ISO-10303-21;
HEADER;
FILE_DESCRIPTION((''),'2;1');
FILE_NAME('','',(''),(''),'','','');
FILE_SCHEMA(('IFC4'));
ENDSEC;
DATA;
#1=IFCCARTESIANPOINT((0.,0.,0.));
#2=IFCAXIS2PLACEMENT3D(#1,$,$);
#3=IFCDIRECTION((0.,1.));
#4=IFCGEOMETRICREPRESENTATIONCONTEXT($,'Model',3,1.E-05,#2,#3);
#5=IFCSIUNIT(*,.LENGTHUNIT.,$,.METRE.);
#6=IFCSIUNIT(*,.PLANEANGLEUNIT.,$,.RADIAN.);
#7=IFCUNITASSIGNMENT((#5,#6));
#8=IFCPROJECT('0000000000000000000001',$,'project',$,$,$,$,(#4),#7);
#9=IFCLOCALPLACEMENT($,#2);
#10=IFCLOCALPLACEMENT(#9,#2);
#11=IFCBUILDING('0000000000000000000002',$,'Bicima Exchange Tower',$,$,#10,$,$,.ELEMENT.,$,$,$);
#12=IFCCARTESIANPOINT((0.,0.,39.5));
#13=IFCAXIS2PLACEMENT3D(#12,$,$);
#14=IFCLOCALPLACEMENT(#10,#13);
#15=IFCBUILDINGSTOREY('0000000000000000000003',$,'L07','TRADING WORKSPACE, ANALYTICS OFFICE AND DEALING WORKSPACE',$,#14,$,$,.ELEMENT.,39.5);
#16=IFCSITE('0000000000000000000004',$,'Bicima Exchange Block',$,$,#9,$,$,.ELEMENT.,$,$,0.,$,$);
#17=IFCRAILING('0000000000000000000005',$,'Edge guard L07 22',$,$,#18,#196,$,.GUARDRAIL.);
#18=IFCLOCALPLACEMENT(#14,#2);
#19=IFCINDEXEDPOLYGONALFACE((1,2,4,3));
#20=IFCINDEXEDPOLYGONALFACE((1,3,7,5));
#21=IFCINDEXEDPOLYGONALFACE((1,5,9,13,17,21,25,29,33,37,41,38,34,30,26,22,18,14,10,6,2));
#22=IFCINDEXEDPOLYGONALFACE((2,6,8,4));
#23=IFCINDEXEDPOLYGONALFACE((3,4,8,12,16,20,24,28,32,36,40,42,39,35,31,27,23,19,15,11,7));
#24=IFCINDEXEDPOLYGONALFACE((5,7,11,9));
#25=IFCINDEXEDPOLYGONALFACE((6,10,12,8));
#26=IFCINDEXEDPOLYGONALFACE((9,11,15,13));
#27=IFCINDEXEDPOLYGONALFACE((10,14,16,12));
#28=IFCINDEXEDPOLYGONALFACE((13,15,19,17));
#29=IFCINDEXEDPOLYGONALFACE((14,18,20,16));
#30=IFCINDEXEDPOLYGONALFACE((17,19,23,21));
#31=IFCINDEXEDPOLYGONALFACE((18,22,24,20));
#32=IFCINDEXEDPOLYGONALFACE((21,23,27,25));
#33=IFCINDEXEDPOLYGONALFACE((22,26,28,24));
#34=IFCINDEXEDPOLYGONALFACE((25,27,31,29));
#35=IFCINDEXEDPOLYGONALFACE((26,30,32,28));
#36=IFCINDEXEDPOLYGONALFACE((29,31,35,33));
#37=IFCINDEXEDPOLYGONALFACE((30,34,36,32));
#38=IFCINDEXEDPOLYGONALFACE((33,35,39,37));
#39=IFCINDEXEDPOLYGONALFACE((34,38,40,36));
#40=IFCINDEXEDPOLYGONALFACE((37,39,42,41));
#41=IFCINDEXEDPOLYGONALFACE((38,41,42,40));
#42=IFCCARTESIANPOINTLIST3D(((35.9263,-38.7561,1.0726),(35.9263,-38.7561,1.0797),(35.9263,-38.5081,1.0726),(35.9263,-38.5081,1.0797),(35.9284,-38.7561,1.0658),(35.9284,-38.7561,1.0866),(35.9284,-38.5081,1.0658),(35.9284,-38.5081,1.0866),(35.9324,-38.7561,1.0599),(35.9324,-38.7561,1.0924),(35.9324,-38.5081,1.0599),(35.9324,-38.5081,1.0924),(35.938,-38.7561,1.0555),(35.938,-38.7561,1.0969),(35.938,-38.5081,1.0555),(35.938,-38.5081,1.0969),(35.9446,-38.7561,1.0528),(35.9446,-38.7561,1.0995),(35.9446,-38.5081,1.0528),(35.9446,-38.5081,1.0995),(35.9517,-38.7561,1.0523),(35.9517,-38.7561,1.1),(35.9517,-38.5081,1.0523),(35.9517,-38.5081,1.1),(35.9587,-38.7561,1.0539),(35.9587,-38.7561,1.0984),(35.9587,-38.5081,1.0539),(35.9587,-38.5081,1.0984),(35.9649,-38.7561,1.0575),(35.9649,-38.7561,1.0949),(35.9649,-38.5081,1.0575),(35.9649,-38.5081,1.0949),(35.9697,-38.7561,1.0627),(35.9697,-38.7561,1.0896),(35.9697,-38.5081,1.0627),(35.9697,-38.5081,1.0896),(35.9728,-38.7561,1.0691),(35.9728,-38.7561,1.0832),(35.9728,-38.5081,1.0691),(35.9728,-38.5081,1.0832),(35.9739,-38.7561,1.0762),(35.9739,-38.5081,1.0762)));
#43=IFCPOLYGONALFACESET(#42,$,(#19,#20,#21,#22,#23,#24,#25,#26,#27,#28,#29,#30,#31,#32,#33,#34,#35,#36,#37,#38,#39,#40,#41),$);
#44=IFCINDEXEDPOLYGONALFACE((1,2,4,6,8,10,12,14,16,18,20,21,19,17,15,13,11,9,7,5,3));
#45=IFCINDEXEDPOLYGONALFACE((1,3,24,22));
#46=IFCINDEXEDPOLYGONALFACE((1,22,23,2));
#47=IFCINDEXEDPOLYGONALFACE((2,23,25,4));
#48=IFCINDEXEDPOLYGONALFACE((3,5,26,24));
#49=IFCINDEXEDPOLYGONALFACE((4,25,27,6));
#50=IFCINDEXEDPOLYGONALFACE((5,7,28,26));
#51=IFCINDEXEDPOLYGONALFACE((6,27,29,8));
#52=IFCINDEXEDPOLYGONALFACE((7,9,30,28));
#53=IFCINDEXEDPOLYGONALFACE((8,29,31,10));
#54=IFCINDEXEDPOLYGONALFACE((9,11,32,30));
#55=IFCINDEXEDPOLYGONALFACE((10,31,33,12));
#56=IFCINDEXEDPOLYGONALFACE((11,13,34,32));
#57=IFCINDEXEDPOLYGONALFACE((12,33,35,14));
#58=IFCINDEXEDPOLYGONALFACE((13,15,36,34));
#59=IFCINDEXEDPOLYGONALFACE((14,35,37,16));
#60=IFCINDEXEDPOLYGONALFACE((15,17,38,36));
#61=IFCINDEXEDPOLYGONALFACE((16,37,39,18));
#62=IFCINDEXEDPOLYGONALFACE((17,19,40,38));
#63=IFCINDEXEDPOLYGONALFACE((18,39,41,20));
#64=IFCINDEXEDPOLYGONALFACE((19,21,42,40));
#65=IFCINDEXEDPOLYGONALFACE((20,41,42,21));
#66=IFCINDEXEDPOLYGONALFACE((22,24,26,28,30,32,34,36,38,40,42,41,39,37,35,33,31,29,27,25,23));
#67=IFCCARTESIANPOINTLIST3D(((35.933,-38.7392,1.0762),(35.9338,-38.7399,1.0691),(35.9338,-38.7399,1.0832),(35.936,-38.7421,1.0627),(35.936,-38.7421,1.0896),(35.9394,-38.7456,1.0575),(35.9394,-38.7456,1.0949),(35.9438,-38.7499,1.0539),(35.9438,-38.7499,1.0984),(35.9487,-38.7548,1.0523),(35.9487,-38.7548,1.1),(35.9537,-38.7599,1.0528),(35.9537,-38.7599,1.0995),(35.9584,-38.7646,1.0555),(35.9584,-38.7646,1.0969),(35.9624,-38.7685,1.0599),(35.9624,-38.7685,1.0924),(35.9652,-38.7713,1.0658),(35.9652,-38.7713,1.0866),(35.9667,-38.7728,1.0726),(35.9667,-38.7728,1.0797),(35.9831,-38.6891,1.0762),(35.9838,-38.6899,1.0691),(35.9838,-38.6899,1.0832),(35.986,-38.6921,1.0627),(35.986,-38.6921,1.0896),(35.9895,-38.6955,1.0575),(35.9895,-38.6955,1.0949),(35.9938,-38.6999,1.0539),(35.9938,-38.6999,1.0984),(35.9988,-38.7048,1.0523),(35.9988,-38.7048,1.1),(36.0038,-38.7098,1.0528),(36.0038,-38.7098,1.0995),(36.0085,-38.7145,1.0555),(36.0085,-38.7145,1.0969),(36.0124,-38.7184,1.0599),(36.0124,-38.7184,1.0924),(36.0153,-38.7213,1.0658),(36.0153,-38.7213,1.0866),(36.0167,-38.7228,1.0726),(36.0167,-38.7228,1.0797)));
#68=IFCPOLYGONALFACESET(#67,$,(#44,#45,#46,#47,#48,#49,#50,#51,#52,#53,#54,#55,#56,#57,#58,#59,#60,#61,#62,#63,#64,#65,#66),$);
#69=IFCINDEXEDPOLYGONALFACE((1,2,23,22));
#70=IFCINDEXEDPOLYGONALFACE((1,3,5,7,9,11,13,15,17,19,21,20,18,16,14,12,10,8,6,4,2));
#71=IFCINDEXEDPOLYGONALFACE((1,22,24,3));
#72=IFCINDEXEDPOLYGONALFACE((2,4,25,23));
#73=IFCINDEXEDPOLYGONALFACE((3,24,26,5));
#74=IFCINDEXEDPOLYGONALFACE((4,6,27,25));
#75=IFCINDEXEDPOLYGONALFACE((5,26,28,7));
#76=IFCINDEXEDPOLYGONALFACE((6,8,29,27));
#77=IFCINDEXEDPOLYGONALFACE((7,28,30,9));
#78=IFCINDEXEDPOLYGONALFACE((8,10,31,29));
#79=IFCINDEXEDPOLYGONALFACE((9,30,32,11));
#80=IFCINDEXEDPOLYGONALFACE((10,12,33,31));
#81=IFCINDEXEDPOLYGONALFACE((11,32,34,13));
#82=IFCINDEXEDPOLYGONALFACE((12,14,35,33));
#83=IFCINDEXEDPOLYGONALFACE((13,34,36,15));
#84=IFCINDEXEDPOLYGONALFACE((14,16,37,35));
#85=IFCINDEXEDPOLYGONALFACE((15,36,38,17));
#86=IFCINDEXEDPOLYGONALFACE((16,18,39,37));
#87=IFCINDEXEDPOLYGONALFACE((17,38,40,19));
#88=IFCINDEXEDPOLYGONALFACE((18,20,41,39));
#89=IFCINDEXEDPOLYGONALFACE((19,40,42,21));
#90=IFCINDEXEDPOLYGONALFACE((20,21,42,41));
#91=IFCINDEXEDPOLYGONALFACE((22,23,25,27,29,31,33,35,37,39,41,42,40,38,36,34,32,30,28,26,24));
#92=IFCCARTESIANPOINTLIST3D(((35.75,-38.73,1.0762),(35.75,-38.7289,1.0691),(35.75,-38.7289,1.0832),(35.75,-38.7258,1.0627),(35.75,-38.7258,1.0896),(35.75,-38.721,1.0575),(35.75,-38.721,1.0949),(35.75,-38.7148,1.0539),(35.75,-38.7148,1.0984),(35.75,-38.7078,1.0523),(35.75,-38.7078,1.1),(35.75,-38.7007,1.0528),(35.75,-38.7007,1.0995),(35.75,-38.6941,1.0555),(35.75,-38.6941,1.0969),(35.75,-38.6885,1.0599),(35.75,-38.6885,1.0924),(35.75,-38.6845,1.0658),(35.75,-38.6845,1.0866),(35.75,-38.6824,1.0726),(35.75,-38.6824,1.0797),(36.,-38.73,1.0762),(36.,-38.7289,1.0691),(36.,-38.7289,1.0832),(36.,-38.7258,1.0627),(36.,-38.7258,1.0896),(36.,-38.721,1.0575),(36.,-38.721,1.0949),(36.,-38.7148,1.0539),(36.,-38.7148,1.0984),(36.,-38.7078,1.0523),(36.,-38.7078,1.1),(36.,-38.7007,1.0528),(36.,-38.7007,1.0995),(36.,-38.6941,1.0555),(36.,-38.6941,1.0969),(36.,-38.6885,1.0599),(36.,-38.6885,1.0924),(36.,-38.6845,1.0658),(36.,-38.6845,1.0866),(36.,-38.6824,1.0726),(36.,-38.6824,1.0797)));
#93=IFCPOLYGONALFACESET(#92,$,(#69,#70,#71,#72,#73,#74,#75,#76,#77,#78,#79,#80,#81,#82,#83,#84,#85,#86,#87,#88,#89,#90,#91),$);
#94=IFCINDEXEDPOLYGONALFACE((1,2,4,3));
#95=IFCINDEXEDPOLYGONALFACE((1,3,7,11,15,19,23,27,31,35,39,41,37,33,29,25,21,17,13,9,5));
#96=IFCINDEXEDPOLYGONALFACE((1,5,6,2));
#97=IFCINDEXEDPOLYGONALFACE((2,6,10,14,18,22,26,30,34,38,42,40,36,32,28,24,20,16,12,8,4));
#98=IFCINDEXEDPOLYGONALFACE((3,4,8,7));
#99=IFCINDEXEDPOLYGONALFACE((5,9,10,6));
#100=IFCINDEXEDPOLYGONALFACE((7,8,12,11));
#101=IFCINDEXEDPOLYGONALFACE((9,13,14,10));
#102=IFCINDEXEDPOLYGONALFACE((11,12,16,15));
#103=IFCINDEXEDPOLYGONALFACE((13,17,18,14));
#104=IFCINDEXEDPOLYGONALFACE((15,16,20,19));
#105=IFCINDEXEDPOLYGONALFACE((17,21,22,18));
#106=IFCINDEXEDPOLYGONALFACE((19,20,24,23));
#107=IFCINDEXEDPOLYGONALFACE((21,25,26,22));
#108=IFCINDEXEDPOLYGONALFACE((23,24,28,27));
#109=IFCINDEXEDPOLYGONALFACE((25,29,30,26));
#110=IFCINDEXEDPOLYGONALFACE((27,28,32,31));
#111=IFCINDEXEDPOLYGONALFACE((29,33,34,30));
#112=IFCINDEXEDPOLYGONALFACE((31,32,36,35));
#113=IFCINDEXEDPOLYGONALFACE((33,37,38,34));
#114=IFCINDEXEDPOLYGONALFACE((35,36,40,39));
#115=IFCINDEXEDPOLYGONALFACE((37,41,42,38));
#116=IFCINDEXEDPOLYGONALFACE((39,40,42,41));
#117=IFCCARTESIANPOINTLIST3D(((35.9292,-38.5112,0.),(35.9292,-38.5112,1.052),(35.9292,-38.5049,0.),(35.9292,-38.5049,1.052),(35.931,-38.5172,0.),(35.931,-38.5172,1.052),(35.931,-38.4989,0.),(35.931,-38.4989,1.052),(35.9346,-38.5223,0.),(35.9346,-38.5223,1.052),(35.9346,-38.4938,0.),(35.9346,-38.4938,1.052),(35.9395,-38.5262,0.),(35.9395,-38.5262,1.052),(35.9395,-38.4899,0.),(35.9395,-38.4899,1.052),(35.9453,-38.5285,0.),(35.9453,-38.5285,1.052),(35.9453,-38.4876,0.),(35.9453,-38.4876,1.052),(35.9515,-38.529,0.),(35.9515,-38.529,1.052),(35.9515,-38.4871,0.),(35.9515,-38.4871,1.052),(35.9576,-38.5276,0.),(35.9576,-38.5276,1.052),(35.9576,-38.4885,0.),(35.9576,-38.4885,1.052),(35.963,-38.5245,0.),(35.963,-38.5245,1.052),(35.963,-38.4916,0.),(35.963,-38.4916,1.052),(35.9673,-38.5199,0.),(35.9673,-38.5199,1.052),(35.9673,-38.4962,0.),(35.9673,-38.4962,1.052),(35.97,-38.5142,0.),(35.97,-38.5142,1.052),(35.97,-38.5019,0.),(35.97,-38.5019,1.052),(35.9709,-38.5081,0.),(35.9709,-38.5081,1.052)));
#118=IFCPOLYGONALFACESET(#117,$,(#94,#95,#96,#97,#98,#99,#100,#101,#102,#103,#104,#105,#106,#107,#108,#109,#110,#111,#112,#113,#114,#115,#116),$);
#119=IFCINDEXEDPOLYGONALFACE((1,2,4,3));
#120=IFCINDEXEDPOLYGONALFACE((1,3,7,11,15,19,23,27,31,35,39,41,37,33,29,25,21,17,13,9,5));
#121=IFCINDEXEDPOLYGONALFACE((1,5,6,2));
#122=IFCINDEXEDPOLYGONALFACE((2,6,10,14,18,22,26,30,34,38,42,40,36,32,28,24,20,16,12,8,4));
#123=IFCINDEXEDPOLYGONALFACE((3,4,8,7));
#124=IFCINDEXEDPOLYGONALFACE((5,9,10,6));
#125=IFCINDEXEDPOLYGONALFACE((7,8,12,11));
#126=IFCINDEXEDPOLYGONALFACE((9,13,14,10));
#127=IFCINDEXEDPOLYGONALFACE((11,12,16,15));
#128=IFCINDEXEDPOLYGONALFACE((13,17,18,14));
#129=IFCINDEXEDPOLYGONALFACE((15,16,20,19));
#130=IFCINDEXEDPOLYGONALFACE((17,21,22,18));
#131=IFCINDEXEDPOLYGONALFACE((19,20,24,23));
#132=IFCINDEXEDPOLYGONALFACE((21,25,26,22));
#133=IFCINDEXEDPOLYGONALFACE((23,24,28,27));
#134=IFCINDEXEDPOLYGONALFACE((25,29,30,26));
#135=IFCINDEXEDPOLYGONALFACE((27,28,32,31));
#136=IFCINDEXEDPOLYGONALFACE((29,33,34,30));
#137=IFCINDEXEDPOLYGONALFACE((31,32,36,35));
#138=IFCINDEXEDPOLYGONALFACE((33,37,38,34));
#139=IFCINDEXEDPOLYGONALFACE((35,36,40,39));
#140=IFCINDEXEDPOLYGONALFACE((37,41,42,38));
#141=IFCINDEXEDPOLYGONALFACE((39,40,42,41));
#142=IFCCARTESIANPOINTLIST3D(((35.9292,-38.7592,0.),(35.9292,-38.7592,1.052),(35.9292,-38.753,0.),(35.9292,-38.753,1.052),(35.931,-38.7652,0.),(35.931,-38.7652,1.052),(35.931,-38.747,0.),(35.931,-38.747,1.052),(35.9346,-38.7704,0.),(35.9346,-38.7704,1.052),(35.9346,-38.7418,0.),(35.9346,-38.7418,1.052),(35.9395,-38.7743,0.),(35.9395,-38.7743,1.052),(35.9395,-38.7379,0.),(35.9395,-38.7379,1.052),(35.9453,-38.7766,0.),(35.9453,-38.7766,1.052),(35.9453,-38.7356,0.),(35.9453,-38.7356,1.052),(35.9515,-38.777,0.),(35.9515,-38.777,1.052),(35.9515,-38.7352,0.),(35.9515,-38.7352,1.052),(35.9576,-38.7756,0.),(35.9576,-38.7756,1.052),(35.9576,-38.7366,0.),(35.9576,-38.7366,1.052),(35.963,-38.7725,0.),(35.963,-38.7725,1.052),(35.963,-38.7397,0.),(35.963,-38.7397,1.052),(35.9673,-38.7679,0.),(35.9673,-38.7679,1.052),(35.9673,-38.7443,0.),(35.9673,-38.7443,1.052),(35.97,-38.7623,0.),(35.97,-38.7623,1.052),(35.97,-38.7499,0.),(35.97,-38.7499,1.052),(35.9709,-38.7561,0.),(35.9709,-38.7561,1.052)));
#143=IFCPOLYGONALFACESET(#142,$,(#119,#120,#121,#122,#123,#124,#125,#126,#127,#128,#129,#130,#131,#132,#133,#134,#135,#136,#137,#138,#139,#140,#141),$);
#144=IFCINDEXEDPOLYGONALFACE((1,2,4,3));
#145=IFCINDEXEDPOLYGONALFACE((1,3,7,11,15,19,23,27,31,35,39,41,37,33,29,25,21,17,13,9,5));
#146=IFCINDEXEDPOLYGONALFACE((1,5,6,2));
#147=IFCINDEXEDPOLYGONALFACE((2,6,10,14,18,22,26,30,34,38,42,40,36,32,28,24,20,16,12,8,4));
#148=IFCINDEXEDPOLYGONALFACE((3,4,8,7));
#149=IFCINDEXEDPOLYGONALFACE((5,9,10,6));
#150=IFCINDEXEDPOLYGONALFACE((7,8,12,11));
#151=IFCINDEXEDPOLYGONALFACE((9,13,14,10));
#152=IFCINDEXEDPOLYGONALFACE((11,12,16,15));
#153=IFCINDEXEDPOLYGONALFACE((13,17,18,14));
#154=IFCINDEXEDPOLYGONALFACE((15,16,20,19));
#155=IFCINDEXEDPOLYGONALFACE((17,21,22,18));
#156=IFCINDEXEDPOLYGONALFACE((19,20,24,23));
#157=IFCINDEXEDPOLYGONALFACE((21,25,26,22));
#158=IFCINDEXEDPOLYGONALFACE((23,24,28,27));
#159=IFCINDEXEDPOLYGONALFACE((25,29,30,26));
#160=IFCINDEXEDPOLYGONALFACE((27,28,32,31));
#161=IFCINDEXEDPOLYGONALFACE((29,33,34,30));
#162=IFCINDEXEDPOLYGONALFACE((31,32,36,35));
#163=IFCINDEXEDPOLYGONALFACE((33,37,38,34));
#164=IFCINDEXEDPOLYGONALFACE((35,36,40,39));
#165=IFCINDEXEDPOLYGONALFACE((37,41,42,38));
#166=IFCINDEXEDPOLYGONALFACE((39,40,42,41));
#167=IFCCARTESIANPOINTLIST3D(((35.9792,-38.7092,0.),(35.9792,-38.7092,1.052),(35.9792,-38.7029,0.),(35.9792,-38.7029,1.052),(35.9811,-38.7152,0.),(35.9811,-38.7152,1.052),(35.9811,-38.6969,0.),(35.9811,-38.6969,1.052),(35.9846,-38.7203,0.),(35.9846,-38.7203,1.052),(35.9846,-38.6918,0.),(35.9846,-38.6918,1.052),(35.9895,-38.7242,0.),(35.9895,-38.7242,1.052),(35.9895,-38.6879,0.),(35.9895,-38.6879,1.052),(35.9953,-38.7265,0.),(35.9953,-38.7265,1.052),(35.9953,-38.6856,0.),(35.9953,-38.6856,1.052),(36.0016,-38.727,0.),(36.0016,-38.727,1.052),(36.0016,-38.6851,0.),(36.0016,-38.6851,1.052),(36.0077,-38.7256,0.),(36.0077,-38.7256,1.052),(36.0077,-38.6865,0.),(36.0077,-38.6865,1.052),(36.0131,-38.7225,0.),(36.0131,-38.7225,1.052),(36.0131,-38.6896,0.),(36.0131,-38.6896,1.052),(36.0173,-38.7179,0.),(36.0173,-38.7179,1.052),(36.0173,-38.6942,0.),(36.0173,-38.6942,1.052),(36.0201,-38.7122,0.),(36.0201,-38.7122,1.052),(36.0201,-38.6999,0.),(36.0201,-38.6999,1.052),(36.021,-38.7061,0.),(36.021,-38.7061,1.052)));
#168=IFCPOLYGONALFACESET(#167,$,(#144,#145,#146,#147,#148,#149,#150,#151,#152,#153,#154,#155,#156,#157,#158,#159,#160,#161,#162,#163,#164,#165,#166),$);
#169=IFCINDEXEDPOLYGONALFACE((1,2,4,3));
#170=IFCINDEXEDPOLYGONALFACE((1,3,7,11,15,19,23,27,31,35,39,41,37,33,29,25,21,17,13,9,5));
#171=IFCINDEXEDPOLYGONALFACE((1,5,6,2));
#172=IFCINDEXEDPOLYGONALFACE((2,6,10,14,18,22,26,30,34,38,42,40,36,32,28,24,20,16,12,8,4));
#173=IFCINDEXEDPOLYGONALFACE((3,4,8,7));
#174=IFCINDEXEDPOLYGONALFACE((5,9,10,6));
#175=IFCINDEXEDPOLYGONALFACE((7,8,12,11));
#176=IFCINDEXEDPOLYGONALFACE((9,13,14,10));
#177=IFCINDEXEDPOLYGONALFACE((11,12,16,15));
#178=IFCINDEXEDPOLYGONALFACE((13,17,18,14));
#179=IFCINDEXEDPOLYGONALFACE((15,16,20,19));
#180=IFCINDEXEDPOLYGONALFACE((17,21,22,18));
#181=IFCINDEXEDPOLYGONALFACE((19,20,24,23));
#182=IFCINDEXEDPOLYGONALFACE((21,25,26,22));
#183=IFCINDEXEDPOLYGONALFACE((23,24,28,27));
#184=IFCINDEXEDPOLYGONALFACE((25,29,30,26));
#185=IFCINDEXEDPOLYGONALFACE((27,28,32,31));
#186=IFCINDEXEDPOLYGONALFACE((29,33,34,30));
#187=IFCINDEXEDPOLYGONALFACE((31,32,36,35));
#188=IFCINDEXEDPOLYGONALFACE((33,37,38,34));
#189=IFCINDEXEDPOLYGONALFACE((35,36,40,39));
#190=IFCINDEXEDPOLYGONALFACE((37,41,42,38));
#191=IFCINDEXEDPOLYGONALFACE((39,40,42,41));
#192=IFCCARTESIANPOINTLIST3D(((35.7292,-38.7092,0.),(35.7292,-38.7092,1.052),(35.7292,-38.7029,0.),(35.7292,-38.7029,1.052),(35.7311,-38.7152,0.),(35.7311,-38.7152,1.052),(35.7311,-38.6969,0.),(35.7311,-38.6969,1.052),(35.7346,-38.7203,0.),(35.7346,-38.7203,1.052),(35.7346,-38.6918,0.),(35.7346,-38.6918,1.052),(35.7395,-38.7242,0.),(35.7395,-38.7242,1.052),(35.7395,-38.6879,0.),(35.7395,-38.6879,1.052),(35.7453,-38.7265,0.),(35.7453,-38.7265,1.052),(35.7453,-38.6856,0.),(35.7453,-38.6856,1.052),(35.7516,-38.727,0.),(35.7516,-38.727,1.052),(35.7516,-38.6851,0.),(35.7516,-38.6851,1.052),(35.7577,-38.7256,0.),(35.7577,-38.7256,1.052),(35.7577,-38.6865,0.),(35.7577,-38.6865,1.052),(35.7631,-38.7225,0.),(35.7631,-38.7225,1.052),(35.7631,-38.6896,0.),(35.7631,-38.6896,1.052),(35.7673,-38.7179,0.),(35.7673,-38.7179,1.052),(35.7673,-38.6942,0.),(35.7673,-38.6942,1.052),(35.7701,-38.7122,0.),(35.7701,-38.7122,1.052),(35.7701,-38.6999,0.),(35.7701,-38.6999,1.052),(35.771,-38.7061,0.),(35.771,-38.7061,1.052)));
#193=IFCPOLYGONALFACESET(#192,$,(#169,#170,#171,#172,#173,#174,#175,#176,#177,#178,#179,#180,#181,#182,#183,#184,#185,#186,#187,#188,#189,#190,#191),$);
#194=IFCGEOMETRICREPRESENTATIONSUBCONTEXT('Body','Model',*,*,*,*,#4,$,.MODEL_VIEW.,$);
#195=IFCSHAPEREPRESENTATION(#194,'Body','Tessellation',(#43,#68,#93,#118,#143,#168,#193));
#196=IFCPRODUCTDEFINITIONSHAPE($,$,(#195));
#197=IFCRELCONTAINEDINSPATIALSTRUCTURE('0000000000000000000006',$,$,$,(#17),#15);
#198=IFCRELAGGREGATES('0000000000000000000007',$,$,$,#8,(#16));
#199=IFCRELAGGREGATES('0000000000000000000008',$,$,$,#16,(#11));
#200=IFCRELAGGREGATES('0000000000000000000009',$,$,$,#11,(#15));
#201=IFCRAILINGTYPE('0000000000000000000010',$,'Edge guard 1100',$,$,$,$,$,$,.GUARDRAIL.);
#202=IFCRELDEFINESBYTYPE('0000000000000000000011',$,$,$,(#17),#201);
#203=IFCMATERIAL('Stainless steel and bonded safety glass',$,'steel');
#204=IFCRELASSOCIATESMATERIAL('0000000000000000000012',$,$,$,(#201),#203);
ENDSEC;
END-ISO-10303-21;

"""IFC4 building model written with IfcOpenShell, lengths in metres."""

from ifc_helpers import new_model, si_unit, direction, frame, origin, origin_2d, place, context, subcontext, project, spatial, circle, extrude, material, type_object, element, save


model = new_model("IFC4")

# Units and contexts
model_context = context("Model", 3, precision=1e-05, world=origin(), true_north=direction((0.0, 1.0)))
body_context = subcontext(model_context, "Body", "Model", "MODEL_VIEW")
ifc_project = project(units=[si_unit("LENGTHUNIT", "METRE"), si_unit("PLANEANGLEUNIT", "RADIAN")], contexts=[model_context])

# Site, building, storey
site_placement = place(None, origin())
site = spatial("IfcSite", under=ifc_project, at=site_placement, Name="Bicima Exchange Block", CompositionType="ELEMENT", RefElevation=0.0)
building_placement = place(site_placement, origin())
building = spatial("IfcBuilding", under=site, at=building_placement, Name="Bicima Exchange Tower", CompositionType="ELEMENT")
storey_placement = place(building_placement, frame((0.0, 0.0, 39.5)))
storey = spatial("IfcBuildingStorey", under=building, at=storey_placement, Name="L07", Description="TRADING WORKSPACE, ANALYTICS OFFICE AND DEALING WORKSPACE", CompositionType="ELEMENT", Elevation=39.5)

# Railing
ifc_material_1 = material(Name="Stainless steel and bonded safety glass", Category="steel")
railing_type = type_object("IfcRailingType", Name="Edge guard 1100", PredefinedType="GUARDRAIL", material=ifc_material_1)
railing_1_placement = place(storey_placement, frame((35.95, -38.5081, 0.0)))
element("IfcRailing", 1, at=railing_1_placement, inside=storey, type_object=railing_type, Name="Edge guard L07 22", PredefinedType="GUARDRAIL", context=body_context, shape_type="SweptSolid", body=[
    extrude(circle(Radius=0.0239, at=origin_2d()), frame((0.0, 0.0, 1.0762), z_axis=(0.0, -1.0, 0.0), x_axis=(1.0, 0.0, 0.0)), (0.0, 0.0, 1.0), 0.248),
    extrude(circle(Radius=0.0239, at=origin_2d()), frame((0.0, -0.248, 1.0762), z_axis=(0.707107, 0.707107, 0.0), x_axis=(-0.707107, 0.707107, 0.0)), (0.0, 0.0, 1.0), 0.0708),
    extrude(circle(Radius=0.0239, at=origin_2d()), frame((0.05, -0.198, 1.0762), z_axis=(-1.0, 0.0, 0.0), x_axis=(0.0, -1.0, 0.0)), (0.0, 0.0, 1.0), 0.25),
    extrude(circle(Radius=0.021, at=origin_2d()), origin(), (0.0, 0.0, 1.0), 1.052),
    extrude(circle(Radius=0.021, at=origin_2d()), frame((0.0, -0.248, 0.0)), (0.0, 0.0, 1.0), 1.052),
    extrude(circle(Radius=0.021, at=origin_2d()), frame((0.05, -0.198, 0.0)), (0.0, 0.0, 1.0), 1.052),
    extrude(circle(Radius=0.021, at=origin_2d()), frame((-0.2, -0.198, 0.0)), (0.0, 0.0, 1.0), 1.052),
])

save(model, "model.ifc")
